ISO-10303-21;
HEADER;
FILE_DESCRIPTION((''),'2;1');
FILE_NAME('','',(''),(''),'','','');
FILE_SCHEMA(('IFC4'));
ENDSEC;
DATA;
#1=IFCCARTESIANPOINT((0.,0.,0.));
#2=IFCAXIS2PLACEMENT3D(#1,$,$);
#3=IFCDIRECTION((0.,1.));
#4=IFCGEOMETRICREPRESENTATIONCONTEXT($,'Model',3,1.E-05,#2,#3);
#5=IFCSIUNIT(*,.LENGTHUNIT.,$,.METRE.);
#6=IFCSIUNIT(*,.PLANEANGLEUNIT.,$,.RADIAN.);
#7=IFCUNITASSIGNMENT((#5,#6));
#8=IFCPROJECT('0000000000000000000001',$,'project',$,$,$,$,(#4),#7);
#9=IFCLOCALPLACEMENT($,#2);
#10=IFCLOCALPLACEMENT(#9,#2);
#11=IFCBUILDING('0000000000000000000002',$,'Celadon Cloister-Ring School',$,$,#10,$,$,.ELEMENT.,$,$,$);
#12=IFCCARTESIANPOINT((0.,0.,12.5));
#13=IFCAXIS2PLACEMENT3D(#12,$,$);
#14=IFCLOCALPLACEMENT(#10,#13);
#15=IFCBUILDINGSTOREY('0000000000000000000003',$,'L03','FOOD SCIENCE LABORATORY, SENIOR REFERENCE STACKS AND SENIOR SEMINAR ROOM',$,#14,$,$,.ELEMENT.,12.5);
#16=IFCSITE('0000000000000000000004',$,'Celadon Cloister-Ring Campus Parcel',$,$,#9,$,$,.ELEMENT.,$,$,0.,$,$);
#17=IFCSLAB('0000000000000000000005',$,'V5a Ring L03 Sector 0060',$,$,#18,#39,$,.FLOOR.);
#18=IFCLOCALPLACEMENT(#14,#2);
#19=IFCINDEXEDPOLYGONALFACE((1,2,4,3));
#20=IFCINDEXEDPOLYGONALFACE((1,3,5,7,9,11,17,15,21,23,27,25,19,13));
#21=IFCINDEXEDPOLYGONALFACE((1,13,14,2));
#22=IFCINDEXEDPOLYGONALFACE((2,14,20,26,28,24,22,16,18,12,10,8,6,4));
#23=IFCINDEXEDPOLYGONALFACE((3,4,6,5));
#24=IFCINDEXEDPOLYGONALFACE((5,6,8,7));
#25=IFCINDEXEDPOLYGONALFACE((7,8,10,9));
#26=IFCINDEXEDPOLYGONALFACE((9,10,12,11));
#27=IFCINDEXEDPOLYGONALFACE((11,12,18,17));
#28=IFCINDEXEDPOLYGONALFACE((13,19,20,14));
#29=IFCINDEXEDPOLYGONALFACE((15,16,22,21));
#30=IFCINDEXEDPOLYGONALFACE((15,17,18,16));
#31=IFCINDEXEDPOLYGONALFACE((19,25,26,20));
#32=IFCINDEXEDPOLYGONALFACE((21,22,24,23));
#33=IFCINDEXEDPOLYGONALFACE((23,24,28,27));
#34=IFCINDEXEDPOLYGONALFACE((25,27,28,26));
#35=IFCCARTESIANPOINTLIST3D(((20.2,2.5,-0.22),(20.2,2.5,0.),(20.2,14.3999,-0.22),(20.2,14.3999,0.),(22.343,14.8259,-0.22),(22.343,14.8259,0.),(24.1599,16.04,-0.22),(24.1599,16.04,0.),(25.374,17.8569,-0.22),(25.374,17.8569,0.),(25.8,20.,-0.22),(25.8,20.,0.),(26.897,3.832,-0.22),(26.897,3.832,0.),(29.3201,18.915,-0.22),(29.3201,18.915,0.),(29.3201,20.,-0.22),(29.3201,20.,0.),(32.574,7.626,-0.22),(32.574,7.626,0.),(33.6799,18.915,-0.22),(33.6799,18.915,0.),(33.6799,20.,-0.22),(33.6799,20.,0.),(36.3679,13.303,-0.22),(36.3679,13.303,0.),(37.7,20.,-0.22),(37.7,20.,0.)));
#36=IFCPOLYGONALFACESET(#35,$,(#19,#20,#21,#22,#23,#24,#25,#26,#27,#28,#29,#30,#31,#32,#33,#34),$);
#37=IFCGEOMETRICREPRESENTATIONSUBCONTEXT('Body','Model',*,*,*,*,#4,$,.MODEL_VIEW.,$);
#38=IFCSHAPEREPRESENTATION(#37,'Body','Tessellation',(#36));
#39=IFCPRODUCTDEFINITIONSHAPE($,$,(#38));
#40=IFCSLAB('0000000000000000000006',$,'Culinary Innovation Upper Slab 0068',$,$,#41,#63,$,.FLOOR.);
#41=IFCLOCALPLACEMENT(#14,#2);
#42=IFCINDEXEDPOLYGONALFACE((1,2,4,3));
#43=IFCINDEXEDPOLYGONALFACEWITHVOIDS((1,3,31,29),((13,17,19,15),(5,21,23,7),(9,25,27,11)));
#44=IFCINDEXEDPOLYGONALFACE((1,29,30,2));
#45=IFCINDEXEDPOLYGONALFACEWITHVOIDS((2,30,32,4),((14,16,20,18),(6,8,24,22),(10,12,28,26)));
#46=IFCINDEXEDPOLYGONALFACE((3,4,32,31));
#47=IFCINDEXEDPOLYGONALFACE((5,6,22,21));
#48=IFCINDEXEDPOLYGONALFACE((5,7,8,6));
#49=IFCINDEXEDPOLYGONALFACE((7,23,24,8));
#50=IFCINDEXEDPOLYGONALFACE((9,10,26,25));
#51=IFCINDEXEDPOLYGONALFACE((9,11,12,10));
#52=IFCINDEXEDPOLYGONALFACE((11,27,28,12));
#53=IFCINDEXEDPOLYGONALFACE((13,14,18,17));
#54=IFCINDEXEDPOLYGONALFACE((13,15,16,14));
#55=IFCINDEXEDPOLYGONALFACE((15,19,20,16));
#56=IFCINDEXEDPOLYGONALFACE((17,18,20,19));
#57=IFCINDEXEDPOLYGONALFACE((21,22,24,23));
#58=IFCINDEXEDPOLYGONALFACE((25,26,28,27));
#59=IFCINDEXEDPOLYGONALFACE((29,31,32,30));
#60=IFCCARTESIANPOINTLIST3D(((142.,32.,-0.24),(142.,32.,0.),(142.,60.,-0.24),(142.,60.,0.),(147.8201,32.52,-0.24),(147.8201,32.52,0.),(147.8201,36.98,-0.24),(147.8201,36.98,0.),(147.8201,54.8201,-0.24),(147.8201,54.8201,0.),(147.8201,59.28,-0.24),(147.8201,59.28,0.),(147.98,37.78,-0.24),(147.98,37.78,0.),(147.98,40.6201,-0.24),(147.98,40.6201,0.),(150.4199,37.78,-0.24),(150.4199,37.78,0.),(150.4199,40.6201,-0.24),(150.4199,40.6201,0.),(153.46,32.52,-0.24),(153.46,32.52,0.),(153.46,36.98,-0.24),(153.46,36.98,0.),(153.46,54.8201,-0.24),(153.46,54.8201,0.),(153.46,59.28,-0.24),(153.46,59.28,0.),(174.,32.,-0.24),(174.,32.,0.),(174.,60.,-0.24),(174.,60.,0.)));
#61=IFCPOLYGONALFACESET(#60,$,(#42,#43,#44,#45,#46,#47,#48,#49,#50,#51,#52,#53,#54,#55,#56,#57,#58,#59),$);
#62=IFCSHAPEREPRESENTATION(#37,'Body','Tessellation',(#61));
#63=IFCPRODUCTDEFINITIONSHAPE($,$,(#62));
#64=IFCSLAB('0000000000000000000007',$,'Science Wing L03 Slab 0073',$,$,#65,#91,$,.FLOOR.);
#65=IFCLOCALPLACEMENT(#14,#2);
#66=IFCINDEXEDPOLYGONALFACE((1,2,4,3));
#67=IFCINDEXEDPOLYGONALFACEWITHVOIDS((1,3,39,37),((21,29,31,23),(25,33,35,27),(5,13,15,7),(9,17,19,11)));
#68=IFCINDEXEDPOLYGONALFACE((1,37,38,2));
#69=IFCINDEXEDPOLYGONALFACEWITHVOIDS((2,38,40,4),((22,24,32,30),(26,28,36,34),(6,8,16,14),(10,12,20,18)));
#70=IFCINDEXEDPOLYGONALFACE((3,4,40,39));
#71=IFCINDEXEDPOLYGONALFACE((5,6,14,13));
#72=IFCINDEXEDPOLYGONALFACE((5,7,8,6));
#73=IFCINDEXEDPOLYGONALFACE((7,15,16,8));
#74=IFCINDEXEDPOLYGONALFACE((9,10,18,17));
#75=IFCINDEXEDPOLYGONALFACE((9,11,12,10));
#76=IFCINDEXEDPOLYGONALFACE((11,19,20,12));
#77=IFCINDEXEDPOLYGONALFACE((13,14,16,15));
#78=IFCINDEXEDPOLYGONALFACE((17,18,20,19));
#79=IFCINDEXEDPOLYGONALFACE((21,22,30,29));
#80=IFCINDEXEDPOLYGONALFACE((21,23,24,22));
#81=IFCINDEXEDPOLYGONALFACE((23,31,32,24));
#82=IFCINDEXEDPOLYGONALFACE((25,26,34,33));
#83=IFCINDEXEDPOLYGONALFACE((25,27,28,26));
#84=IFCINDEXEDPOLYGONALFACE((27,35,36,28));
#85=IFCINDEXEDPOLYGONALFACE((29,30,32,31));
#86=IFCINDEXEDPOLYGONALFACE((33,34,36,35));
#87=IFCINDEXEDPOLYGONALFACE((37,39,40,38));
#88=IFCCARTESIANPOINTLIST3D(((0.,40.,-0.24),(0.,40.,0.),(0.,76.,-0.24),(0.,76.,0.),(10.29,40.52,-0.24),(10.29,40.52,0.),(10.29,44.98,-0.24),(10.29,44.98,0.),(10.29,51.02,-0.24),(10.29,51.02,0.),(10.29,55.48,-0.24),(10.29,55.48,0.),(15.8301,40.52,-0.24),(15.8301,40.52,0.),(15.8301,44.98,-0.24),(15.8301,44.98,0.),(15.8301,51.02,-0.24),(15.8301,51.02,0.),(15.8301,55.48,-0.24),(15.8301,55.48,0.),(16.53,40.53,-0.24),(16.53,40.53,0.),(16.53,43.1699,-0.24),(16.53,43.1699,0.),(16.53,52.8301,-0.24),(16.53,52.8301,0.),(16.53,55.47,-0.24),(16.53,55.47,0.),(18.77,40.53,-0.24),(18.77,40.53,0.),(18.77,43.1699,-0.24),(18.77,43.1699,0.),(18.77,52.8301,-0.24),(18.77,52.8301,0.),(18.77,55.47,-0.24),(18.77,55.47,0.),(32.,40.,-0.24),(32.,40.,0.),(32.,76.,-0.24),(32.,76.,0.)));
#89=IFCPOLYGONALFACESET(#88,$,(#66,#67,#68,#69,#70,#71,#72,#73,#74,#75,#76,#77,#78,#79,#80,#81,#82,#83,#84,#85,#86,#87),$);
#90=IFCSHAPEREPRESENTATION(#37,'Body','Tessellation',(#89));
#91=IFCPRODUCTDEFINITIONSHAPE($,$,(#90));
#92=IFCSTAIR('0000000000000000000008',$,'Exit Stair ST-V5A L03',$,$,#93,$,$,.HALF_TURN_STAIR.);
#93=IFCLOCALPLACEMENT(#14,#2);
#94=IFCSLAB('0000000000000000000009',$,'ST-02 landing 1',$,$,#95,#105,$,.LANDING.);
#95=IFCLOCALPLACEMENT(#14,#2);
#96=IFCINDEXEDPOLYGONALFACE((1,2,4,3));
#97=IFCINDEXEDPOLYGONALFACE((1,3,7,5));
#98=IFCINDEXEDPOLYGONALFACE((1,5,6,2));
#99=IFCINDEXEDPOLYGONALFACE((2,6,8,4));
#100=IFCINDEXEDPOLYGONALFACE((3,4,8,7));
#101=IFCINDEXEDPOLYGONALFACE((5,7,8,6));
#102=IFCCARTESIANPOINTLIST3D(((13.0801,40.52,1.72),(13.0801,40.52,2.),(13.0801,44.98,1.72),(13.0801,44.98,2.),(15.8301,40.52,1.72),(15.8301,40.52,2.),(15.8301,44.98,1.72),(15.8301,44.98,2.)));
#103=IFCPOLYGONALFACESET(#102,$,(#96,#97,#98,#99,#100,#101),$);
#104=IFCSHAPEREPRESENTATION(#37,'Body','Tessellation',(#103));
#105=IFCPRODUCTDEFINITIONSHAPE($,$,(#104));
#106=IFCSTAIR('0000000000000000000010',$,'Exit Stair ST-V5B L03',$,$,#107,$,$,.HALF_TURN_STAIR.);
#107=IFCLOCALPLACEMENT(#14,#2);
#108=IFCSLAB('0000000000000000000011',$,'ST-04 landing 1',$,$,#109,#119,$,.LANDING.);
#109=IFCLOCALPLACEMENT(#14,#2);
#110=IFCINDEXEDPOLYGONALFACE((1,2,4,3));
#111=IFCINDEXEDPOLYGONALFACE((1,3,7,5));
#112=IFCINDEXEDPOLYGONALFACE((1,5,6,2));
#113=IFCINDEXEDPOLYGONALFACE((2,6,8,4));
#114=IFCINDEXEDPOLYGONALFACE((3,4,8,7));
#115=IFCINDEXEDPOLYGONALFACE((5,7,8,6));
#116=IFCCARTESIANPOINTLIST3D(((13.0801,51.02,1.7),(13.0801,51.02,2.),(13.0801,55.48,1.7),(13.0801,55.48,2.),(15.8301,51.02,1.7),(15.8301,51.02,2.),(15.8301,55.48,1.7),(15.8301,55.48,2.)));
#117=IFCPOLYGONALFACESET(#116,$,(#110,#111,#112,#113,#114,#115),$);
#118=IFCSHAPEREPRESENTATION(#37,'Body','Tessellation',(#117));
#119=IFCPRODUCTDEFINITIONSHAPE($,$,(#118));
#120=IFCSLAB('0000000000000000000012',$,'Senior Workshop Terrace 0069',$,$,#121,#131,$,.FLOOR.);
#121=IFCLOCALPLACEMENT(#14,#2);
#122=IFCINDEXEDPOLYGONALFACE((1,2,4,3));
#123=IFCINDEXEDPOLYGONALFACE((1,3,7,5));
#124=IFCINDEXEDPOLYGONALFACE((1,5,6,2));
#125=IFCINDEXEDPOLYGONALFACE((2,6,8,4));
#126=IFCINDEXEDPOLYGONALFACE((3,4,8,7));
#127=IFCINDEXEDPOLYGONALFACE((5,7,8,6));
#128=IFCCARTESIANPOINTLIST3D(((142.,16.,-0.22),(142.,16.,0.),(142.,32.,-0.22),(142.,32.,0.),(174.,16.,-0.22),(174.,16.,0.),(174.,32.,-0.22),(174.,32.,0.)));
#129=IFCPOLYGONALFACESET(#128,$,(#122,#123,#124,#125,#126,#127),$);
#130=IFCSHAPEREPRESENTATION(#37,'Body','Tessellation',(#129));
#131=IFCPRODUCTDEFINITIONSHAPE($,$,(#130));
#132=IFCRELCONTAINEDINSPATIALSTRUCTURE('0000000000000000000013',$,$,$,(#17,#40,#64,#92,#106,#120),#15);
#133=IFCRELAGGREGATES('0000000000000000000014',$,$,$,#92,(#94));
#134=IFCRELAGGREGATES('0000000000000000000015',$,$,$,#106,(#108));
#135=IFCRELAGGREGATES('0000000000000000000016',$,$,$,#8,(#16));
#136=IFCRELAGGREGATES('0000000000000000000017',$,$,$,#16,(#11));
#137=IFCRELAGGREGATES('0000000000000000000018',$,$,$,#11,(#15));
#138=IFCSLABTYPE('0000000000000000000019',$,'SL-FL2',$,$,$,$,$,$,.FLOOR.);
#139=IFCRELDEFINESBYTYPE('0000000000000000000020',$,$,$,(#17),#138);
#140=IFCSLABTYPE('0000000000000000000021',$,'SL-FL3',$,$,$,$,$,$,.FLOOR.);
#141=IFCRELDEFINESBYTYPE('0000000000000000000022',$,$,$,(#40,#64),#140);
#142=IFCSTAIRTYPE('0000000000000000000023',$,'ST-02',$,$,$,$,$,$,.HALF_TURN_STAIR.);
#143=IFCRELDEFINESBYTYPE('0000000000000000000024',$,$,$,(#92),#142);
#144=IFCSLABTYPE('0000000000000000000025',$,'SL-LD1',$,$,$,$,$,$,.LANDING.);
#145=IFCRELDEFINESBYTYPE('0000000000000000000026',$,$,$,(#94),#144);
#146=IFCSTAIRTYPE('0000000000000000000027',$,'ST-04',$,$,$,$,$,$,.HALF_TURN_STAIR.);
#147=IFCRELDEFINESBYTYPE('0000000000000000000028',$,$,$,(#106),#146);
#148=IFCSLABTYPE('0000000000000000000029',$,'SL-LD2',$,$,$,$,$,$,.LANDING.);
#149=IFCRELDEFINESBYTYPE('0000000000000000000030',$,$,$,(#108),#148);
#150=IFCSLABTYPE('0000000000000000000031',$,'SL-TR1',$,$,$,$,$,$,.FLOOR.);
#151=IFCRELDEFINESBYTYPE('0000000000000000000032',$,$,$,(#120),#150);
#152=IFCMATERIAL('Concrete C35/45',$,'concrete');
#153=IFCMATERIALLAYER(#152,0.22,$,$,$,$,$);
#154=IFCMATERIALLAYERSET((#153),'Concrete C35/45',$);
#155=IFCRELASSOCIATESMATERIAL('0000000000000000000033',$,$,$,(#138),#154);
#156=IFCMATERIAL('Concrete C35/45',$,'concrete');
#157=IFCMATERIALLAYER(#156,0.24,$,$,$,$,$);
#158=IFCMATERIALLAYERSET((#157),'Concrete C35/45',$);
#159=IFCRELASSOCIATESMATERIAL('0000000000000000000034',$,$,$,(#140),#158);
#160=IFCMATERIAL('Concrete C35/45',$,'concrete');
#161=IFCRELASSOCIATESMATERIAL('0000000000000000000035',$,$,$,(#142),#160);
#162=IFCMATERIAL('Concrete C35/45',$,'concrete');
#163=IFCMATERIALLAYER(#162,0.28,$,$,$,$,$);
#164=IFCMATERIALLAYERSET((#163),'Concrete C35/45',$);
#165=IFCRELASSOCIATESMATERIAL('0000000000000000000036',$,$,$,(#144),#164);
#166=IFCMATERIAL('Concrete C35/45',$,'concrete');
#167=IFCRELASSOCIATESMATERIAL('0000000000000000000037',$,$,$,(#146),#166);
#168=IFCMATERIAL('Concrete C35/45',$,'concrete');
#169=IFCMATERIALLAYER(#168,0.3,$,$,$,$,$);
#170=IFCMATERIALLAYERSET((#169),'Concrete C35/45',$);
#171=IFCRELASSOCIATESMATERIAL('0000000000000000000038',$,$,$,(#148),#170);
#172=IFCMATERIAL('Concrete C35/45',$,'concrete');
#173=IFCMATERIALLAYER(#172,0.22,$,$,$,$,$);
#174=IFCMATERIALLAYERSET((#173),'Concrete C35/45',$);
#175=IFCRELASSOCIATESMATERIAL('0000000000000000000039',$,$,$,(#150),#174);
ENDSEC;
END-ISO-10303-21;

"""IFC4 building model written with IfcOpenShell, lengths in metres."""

from ifc_helpers import new_model, si_unit, direction, frame, origin, place, context, subcontext, project, spatial, polyline, outline, extrude, material, layer, layer_set, type_object, element, aggregate, save


model = new_model("IFC4")

# Units and contexts
model_context = context("Model", 3, precision=1e-05, world=origin(), true_north=direction((0.0, 1.0)))
body_context = subcontext(model_context, "Body", "Model", "MODEL_VIEW")
ifc_project = project(units=[si_unit("LENGTHUNIT", "METRE"), si_unit("PLANEANGLEUNIT", "RADIAN")], contexts=[model_context])

# Site, building, storey
site_placement = place(None, origin())
site = spatial("IfcSite", under=ifc_project, at=site_placement, Name="Celadon Cloister-Ring Campus Parcel", CompositionType="ELEMENT", RefElevation=0.0)
building_placement = place(site_placement, origin())
building = spatial("IfcBuilding", under=site, at=building_placement, Name="Celadon Cloister-Ring School", CompositionType="ELEMENT")
storey_placement = place(building_placement, frame((0.0, 0.0, 12.5)))
storey = spatial("IfcBuildingStorey", under=building, at=storey_placement, Name="L03", Description="FOOD SCIENCE LABORATORY, SENIOR REFERENCE STACKS AND SENIOR SEMINAR ROOM", CompositionType="ELEMENT", Elevation=12.5)

# Slabs
ifc_material_1 = material(Name="Concrete C35/45", Category="concrete")
ifc_layer_1 = layer(ifc_material_1, 0.22)
ifc_layer_set_1 = layer_set([ifc_layer_1], Name="Concrete C35/45")
slab_type_1 = type_object("IfcSlabType", Name="SL-FL2", PredefinedType="FLOOR", material=ifc_layer_set_1)
slab_1_placement = place(storey_placement, frame((0.0, 0.0, -0.22)))
element("IfcSlab", 1, at=slab_1_placement, inside=storey, type_object=slab_type_1, Name="V5a Ring L03 Sector 0060", PredefinedType="FLOOR", context=body_context, shape_type="SweptSolid", body=[
    extrude(outline(polyline([(37.7, 20.0), (36.3679, 13.303), (32.574, 7.626), (26.897, 3.832), (20.2, 2.5), (20.2, 14.3999), (22.343, 14.8259), (24.1599, 16.04), (25.374, 17.8569), (25.8, 20.0), (29.3201, 20.0), (29.3201, 18.915), (33.6799, 18.915), (33.6799, 20.0), (37.7, 20.0)])), origin(), (0.0, 0.0, 1.0), 0.22),
])
ifc_material_2 = material(Name="Concrete C35/45", Category="concrete")
ifc_layer_2 = layer(ifc_material_2, 0.24)
ifc_layer_set_2 = layer_set([ifc_layer_2], Name="Concrete C35/45")
slab_type_2 = type_object("IfcSlabType", Name="SL-FL3", PredefinedType="FLOOR", material=ifc_layer_set_2)
slab_2_placement = place(storey_placement, frame((0.0, 0.0, -0.24)))
element("IfcSlab", 2, at=slab_2_placement, inside=storey, type_object=slab_type_2, Name="Culinary Innovation Upper Slab 0068", PredefinedType="FLOOR", context=body_context, shape_type="SweptSolid", body=[
    extrude(outline(polyline([(142.0, 60.0), (174.0, 60.0), (174.0, 32.0), (142.0, 32.0), (142.0, 60.0)]), holes=[polyline([(153.46, 32.52), (153.46, 36.98), (147.8201, 36.98), (147.8201, 32.52), (153.46, 32.52)]), polyline([(150.4199, 37.78), (150.4199, 40.6201), (147.98, 40.6201), (147.98, 37.78), (150.4199, 37.78)]), polyline([(153.46, 54.8201), (153.46, 59.28), (147.8201, 59.28), (147.8201, 54.8201), (153.46, 54.8201)])]), origin(), (0.0, 0.0, 1.0), 0.24),
])
slab_3_placement = place(storey_placement, frame((0.0, 0.0, -0.24)))
element("IfcSlab", 3, at=slab_3_placement, inside=storey, type_object=slab_type_2, Name="Science Wing L03 Slab 0073", PredefinedType="FLOOR", context=body_context, shape_type="SweptSolid", body=[
    extrude(outline(polyline([(0.0, 76.0), (32.0, 76.0), (32.0, 40.0), (0.0, 40.0), (0.0, 76.0)]), holes=[polyline([(18.77, 40.53), (18.77, 43.1699), (16.53, 43.1699), (16.53, 40.53), (18.77, 40.53)]), polyline([(15.8301, 40.52), (15.8301, 44.98), (10.29, 44.98), (10.29, 40.52), (15.8301, 40.52)]), polyline([(15.8301, 51.02), (15.8301, 55.48), (10.29, 55.48), (10.29, 51.02), (15.8301, 51.02)]), polyline([(18.77, 52.8301), (18.77, 55.47), (16.53, 55.47), (16.53, 52.8301), (18.77, 52.8301)])]), origin(), (0.0, 0.0, 1.0), 0.24),
])

# Stairs, slabs
ifc_material_3 = material(Name="Concrete C35/45", Category="concrete")
stair_type_1 = type_object("IfcStairType", Name="ST-02", PredefinedType="HALF_TURN_STAIR", material=ifc_material_3)
stair_1_placement = place(storey_placement, origin())
stair_1 = element("IfcStair", 4, at=stair_1_placement, inside=storey, type_object=stair_type_1, Name="Exit Stair ST-V5A L03", PredefinedType="HALF_TURN_STAIR")
ifc_material_4 = material(Name="Concrete C35/45", Category="concrete")
ifc_layer_3 = layer(ifc_material_4, 0.28)
ifc_layer_set_3 = layer_set([ifc_layer_3], Name="Concrete C35/45")
slab_type_3 = type_object("IfcSlabType", Name="SL-LD1", PredefinedType="LANDING", material=ifc_layer_set_3)
slab_4_placement = place(storey_placement, frame((0.0, 0.0, 1.72)))
slab_4 = element("IfcSlab", 5, at=slab_4_placement, type_object=slab_type_3, Name="ST-02 landing 1", PredefinedType="LANDING", context=body_context, shape_type="SweptSolid", body=[
    extrude(outline(polyline([(13.0801, 40.52), (15.8301, 40.52), (15.8301, 44.98), (13.0801, 44.98), (13.0801, 40.52)])), origin(), (0.0, 0.0, 1.0), 0.28),
])
aggregate(stair_1, [slab_4])
ifc_material_5 = material(Name="Concrete C35/45", Category="concrete")
stair_type_2 = type_object("IfcStairType", Name="ST-04", PredefinedType="HALF_TURN_STAIR", material=ifc_material_5)
stair_2_placement = place(storey_placement, origin())
stair_2 = element("IfcStair", 6, at=stair_2_placement, inside=storey, type_object=stair_type_2, Name="Exit Stair ST-V5B L03", PredefinedType="HALF_TURN_STAIR")
ifc_material_6 = material(Name="Concrete C35/45", Category="concrete")
ifc_layer_4 = layer(ifc_material_6, 0.3)
ifc_layer_set_4 = layer_set([ifc_layer_4], Name="Concrete C35/45")
slab_type_4 = type_object("IfcSlabType", Name="SL-LD2", PredefinedType="LANDING", material=ifc_layer_set_4)
slab_5_placement = place(storey_placement, frame((0.0, 0.0, 1.7)))
slab_5 = element("IfcSlab", 7, at=slab_5_placement, type_object=slab_type_4, Name="ST-04 landing 1", PredefinedType="LANDING", context=body_context, shape_type="SweptSolid", body=[
    extrude(outline(polyline([(13.0801, 51.02), (15.8301, 51.02), (15.8301, 55.48), (13.0801, 55.48), (13.0801, 51.02)])), origin(), (0.0, 0.0, 1.0), 0.3),
])
aggregate(stair_2, [slab_5])

# Slab
ifc_material_7 = material(Name="Concrete C35/45", Category="concrete")
ifc_layer_5 = layer(ifc_material_7, 0.22)
ifc_layer_set_5 = layer_set([ifc_layer_5], Name="Concrete C35/45")
slab_type_5 = type_object("IfcSlabType", Name="SL-TR1", PredefinedType="FLOOR", material=ifc_layer_set_5)
slab_6_placement = place(storey_placement, frame((0.0, 0.0, -0.22)))
element("IfcSlab", 8, at=slab_6_placement, inside=storey, type_object=slab_type_5, Name="Senior Workshop Terrace 0069", PredefinedType="FLOOR", context=body_context, shape_type="SweptSolid", body=[
    extrude(outline(polyline([(142.0, 16.0), (174.0, 16.0), (174.0, 32.0), (142.0, 32.0), (142.0, 16.0)])), origin(), (0.0, 0.0, 1.0), 0.22),
])

save(model, "model.ifc")
